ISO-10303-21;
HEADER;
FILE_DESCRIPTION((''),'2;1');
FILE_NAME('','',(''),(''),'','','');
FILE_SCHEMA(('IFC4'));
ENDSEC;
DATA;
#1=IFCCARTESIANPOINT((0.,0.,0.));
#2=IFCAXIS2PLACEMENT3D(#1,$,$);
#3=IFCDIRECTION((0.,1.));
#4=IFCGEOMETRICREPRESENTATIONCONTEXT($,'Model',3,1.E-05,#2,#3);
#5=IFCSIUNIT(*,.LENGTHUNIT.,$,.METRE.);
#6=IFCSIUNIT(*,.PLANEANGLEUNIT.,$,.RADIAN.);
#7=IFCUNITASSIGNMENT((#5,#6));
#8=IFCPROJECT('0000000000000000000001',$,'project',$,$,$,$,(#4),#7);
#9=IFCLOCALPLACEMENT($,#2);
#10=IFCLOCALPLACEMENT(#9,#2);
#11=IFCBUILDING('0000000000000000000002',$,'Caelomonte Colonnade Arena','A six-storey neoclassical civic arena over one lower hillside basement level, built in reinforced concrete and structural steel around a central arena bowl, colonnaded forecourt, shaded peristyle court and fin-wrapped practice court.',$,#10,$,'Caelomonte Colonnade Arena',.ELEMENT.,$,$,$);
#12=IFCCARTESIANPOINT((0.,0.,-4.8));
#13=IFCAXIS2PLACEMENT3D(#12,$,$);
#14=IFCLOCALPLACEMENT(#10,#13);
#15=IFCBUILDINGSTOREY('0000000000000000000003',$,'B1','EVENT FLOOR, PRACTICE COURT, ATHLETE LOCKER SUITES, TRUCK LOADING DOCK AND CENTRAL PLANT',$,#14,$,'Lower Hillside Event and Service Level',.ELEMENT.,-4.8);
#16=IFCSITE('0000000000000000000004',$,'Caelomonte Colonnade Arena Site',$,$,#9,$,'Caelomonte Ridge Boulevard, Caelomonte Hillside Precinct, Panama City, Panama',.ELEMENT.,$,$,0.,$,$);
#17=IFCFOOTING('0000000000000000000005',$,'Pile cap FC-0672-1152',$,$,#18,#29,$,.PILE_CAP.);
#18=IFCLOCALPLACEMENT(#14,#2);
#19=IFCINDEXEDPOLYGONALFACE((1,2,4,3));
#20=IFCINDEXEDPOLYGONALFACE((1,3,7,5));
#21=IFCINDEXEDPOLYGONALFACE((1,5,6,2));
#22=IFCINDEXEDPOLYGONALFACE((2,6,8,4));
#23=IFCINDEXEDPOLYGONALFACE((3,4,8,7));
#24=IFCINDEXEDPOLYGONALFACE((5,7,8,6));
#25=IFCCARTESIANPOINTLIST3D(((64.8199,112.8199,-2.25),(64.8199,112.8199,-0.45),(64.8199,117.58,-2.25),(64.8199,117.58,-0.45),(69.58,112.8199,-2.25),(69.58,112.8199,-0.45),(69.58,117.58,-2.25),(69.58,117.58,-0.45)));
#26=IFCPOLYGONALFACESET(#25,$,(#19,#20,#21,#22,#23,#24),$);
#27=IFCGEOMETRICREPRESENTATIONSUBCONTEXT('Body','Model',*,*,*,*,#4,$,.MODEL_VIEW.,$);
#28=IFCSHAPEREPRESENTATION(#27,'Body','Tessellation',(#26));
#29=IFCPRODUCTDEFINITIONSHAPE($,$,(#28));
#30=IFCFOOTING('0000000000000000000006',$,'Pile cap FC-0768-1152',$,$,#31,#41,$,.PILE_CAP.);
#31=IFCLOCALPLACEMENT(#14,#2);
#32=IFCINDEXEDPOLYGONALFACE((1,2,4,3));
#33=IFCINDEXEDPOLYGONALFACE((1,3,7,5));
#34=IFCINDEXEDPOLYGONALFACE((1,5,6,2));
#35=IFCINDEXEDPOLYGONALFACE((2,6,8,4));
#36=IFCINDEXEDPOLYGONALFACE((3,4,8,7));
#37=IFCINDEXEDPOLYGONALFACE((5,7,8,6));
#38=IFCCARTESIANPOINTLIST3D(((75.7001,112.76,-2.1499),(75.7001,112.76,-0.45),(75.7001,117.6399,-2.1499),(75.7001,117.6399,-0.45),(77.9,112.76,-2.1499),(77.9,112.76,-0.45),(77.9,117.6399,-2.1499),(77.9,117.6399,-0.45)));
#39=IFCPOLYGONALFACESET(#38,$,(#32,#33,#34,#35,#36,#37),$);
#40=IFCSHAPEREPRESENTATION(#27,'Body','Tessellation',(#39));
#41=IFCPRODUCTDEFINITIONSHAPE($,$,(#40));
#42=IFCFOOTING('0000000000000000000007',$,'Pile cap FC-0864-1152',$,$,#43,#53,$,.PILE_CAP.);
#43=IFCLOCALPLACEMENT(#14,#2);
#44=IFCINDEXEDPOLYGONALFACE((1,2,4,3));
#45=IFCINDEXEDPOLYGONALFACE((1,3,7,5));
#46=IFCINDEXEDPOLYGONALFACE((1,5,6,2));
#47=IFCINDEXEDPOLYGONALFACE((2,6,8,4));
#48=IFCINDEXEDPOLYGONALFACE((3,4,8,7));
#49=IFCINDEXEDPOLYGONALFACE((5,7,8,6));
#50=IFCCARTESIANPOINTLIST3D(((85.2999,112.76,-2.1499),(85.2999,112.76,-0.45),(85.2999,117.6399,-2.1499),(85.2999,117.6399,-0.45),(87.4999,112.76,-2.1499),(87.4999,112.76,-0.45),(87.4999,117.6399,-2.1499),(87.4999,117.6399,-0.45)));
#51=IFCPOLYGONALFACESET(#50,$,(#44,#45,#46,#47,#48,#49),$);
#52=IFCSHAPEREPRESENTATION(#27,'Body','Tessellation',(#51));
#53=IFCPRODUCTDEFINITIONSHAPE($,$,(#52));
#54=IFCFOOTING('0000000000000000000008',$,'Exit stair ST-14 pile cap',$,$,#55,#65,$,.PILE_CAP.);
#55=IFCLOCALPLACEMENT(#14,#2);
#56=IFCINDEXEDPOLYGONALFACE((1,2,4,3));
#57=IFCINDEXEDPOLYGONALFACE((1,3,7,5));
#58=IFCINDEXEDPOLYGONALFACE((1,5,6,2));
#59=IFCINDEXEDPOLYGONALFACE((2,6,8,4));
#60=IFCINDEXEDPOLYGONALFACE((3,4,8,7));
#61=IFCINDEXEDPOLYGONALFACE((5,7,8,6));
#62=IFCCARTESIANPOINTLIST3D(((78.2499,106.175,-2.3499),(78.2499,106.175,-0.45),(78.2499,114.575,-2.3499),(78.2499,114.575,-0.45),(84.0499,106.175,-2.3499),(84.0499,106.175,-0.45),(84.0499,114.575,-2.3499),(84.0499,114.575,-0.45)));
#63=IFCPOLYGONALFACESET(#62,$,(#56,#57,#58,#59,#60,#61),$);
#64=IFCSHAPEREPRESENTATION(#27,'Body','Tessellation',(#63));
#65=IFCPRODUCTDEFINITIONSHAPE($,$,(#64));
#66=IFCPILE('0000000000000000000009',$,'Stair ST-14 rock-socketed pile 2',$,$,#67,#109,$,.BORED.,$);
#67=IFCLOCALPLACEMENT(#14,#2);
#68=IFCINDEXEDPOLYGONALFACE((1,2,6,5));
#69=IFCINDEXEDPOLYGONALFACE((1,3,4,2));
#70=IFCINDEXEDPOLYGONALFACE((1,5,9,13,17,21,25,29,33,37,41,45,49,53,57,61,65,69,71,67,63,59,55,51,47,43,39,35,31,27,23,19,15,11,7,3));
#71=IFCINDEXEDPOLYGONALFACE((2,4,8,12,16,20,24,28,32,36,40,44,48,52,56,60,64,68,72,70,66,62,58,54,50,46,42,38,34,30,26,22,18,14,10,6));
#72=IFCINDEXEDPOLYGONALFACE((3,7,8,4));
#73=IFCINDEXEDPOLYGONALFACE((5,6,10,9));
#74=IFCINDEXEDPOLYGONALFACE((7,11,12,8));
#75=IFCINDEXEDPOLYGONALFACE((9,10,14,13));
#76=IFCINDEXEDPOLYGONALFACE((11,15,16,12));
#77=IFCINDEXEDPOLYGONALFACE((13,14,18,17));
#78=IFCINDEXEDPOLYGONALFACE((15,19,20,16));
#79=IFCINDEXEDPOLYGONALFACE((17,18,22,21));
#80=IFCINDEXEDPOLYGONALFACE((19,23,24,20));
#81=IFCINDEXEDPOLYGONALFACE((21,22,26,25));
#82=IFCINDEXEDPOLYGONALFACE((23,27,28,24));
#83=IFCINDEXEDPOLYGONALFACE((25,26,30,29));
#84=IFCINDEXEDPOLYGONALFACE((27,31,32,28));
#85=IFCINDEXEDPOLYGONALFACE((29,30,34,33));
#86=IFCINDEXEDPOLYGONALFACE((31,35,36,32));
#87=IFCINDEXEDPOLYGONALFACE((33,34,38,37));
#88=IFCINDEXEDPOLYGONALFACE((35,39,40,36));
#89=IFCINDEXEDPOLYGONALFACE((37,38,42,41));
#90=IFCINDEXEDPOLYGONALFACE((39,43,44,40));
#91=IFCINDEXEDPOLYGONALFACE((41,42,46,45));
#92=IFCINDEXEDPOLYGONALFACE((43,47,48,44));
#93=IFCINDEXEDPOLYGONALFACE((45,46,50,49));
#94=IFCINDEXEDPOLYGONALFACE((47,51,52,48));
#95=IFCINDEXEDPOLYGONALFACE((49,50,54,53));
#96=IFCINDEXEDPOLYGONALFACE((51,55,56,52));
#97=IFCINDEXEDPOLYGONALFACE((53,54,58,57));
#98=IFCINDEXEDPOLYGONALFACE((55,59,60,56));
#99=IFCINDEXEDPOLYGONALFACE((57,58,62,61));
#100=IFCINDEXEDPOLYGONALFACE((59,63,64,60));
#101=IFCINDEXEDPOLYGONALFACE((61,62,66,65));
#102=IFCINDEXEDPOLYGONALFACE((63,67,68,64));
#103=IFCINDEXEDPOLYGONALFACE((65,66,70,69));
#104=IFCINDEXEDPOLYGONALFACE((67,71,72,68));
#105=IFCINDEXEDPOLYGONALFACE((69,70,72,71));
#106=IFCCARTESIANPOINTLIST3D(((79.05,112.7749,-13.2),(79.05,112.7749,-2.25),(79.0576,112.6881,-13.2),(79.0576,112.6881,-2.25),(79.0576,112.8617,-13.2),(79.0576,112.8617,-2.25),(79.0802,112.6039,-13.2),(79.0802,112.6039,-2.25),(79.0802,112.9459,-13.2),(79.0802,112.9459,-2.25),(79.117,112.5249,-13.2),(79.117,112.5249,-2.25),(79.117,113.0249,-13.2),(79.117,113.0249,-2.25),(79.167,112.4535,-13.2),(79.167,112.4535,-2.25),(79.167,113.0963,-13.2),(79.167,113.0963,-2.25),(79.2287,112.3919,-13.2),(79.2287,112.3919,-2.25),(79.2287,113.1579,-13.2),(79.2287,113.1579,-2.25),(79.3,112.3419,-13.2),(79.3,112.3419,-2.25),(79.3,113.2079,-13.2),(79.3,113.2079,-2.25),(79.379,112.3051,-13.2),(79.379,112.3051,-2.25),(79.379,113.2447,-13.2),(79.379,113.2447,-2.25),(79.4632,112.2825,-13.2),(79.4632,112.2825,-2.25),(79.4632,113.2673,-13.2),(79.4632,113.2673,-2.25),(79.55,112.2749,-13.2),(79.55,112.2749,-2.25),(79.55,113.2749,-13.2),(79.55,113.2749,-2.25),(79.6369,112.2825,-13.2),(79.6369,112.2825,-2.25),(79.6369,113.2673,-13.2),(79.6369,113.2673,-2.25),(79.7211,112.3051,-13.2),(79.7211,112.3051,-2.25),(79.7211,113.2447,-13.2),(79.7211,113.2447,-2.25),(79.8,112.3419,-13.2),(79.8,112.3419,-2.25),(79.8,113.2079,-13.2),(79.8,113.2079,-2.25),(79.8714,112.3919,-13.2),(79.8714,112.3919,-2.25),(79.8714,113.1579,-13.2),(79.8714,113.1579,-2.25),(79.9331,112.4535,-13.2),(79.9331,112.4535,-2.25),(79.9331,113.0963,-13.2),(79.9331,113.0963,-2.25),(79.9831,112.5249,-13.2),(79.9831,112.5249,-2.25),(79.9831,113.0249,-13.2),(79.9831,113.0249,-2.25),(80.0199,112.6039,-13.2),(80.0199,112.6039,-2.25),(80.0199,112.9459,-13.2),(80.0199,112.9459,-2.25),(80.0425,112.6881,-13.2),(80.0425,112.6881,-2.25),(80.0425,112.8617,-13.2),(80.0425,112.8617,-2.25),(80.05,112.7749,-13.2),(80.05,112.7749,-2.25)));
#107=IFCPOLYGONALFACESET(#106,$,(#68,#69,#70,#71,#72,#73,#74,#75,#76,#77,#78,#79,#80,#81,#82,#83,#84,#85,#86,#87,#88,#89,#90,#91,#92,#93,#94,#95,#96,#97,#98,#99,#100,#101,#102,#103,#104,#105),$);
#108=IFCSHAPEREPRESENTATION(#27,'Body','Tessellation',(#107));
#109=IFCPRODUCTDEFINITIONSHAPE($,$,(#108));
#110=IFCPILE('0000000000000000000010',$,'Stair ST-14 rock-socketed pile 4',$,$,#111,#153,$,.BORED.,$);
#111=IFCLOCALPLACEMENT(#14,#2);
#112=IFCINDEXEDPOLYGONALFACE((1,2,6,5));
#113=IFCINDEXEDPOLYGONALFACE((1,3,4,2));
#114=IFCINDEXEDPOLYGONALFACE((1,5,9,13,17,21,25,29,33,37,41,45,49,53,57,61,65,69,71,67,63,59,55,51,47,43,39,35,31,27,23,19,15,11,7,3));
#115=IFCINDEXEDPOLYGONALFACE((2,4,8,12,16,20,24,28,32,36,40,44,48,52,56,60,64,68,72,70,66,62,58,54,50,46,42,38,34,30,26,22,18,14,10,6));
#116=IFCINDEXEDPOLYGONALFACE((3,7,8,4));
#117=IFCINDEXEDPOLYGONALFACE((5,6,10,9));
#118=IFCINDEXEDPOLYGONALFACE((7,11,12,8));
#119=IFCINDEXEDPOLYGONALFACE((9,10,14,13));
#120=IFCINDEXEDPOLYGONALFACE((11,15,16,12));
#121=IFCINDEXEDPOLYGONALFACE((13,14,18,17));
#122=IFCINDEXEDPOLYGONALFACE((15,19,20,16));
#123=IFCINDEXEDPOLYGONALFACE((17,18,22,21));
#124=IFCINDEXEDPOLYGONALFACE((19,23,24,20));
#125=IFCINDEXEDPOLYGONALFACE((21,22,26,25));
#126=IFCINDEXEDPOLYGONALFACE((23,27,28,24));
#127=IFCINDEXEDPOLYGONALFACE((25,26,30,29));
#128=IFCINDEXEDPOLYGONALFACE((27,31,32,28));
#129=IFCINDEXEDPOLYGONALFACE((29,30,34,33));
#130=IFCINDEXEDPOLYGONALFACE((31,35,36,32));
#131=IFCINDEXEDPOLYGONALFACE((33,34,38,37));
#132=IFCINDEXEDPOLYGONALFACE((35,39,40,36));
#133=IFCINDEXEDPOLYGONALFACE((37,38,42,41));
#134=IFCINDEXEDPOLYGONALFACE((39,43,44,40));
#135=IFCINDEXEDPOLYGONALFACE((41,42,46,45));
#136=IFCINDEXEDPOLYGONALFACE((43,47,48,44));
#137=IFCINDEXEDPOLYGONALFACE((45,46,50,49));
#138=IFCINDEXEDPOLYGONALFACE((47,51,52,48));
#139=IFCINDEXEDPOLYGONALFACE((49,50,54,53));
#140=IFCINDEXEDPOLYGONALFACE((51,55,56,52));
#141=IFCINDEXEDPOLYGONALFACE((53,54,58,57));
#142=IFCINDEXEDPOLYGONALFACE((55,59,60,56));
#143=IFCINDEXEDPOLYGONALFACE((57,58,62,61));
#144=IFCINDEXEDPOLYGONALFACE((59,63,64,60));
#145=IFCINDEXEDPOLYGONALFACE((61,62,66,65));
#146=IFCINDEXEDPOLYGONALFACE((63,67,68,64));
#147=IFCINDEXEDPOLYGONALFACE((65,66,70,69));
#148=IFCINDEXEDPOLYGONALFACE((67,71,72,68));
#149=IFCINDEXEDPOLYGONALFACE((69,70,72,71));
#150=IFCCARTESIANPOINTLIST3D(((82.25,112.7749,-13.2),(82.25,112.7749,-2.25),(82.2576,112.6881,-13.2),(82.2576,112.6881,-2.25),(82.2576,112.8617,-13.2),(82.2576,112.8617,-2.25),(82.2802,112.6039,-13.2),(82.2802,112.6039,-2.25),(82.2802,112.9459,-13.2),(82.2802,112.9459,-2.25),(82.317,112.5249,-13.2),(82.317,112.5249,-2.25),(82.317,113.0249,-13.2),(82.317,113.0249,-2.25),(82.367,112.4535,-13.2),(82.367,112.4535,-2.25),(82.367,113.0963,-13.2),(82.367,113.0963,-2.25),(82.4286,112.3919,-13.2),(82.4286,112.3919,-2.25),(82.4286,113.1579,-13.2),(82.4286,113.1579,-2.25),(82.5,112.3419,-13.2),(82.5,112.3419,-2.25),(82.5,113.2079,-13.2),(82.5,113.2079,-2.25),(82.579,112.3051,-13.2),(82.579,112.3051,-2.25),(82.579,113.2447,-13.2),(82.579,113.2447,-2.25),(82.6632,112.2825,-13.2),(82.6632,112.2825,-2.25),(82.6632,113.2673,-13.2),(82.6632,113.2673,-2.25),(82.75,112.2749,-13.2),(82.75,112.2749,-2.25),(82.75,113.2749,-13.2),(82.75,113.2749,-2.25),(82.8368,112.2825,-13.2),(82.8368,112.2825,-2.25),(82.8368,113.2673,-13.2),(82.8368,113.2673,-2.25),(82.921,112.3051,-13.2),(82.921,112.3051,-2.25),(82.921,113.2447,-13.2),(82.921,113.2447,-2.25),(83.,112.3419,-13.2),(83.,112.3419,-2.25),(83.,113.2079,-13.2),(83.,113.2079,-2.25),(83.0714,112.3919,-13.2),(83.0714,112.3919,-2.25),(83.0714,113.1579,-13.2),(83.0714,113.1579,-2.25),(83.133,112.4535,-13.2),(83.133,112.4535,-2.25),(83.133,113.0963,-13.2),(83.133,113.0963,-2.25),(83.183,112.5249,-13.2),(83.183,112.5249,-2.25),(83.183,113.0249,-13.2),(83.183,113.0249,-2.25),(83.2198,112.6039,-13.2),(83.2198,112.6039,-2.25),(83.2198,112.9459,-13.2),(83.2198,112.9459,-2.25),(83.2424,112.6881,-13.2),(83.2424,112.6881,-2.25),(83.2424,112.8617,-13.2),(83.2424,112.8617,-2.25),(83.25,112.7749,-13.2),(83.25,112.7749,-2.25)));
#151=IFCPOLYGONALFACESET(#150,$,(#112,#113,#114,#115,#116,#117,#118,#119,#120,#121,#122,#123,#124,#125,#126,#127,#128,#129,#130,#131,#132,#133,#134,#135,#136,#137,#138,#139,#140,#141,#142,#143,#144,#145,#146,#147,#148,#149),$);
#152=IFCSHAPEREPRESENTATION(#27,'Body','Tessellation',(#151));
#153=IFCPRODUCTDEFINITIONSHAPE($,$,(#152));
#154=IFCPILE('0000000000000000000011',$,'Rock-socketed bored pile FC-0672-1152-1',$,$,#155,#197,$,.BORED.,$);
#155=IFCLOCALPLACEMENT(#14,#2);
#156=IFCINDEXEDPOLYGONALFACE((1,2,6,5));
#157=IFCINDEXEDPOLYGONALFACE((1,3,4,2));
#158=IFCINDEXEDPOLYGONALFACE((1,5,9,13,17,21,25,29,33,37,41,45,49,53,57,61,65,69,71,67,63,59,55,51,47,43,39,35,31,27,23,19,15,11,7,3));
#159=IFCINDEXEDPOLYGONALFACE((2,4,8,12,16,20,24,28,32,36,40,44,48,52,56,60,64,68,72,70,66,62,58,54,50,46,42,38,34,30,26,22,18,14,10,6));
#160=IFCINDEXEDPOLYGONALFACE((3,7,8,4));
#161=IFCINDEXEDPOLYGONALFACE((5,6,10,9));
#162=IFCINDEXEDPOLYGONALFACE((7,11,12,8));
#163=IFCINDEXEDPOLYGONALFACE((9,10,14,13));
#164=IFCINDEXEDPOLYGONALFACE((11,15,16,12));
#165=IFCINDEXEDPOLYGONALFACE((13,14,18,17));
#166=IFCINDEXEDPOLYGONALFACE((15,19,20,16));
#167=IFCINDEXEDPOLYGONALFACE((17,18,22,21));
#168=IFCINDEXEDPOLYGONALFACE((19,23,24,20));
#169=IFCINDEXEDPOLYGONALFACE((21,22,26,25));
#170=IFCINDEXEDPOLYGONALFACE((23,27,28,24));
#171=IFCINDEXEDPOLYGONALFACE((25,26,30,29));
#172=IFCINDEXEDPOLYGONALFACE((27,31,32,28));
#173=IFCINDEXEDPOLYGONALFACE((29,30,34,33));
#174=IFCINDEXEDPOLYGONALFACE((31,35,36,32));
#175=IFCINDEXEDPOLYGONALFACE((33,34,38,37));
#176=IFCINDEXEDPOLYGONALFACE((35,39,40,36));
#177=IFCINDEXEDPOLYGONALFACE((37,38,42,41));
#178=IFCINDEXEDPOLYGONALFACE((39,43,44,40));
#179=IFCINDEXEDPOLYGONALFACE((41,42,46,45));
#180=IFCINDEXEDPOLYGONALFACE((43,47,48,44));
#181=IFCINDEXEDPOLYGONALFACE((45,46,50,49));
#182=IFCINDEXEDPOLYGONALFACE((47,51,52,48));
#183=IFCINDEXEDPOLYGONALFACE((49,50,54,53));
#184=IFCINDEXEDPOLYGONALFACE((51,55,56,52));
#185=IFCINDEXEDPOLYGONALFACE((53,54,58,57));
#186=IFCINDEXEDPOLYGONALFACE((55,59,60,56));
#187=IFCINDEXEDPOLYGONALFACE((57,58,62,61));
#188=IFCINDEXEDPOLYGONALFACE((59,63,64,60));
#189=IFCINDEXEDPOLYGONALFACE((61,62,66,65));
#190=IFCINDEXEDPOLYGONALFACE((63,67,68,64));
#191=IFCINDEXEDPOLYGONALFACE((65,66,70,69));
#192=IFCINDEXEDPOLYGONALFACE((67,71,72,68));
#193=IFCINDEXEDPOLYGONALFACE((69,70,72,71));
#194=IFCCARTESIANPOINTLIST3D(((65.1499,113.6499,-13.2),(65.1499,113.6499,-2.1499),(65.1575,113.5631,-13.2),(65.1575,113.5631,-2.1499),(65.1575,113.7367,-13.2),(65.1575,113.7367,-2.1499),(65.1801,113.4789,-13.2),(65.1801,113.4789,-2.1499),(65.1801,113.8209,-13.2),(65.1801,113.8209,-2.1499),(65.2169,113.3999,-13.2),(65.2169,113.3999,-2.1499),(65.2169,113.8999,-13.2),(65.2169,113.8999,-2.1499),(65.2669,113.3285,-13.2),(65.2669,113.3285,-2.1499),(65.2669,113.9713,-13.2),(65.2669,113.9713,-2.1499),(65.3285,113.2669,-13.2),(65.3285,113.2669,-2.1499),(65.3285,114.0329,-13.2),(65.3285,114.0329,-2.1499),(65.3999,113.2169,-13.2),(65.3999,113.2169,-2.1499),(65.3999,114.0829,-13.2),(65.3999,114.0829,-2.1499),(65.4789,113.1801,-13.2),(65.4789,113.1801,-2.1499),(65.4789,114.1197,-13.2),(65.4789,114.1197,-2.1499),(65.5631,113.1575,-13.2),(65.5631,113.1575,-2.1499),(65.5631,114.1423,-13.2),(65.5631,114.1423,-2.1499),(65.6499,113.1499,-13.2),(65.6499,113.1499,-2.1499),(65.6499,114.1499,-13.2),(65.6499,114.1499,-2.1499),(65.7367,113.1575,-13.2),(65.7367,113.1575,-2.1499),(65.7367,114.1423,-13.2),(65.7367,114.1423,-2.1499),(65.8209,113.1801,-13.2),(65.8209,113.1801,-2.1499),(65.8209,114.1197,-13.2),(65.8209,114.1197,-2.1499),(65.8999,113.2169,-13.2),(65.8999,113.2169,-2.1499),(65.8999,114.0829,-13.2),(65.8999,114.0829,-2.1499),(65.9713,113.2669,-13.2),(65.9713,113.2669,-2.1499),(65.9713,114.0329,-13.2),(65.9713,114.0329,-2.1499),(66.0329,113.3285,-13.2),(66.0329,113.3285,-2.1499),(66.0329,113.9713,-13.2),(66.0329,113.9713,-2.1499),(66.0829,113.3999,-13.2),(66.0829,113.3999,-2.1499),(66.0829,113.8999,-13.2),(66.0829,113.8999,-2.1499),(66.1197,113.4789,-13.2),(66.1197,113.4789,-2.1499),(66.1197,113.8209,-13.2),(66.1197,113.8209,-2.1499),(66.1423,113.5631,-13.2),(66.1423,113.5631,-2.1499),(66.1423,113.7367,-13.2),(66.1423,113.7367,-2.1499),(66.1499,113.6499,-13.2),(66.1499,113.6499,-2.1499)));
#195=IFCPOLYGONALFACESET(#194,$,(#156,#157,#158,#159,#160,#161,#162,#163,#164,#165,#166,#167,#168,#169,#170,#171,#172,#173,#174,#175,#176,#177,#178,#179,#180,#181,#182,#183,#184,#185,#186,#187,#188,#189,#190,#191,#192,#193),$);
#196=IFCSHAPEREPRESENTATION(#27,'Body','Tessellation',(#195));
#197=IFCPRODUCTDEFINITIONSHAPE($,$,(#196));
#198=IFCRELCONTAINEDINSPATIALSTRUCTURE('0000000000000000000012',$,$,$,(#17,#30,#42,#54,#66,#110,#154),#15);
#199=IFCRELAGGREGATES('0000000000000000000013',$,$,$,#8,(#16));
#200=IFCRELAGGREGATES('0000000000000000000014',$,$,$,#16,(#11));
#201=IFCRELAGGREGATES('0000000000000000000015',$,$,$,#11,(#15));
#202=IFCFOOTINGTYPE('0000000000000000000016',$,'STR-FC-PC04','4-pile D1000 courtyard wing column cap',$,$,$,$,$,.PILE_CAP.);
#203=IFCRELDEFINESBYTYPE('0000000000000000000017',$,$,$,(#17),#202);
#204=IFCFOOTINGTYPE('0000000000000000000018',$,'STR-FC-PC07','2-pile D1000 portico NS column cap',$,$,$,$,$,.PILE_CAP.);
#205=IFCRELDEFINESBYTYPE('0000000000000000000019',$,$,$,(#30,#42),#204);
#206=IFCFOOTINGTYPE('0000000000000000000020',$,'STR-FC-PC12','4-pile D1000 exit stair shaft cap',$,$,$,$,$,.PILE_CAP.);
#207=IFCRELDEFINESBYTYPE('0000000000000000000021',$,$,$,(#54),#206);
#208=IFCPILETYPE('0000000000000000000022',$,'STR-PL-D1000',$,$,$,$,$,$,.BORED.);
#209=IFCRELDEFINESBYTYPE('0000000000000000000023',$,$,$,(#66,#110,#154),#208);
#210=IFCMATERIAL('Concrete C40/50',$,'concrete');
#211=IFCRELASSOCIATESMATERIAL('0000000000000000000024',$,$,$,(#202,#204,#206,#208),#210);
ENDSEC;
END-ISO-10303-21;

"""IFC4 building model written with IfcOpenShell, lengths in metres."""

from ifc_helpers import new_model, si_unit, direction, frame, origin, origin_2d, place, context, subcontext, project, spatial, rectangle, circle, extrude, material, material_profile, profile_set, type_object, element, save


model = new_model("IFC4")

# Units and contexts
model_context = context("Model", 3, precision=1e-05, world=origin(), true_north=direction((0.0, 1.0)))
body_context = subcontext(model_context, "Body", "Model", "MODEL_VIEW")
ifc_project = project(units=[si_unit("LENGTHUNIT", "METRE"), si_unit("PLANEANGLEUNIT", "RADIAN")], contexts=[model_context])

# Site, building, storey
site_placement = place(None, origin())
site = spatial("IfcSite", under=ifc_project, at=site_placement, Name="Caelomonte Colonnade Arena Site", LongName="Caelomonte Ridge Boulevard, Caelomonte Hillside Precinct, Panama City, Panama", CompositionType="ELEMENT", RefElevation=0.0)
building_placement = place(site_placement, origin())
building = spatial("IfcBuilding", under=site, at=building_placement, Name="Caelomonte Colonnade Arena", Description="A six-storey neoclassical civic arena over one lower hillside basement level, built in reinforced concrete and structural steel around a central arena bowl, colonnaded forecourt, shaded peristyle court and fin-wrapped practice court.", LongName="Caelomonte Colonnade Arena", CompositionType="ELEMENT")
storey_placement = place(building_placement, frame((0.0, 0.0, -4.8)))
storey = spatial("IfcBuildingStorey", under=building, at=storey_placement, Name="B1", Description="EVENT FLOOR, PRACTICE COURT, ATHLETE LOCKER SUITES, TRUCK LOADING DOCK AND CENTRAL PLANT", LongName="Lower Hillside Event and Service Level", CompositionType="ELEMENT", Elevation=-4.8)

# Footings
ifc_material_1 = material(Name="Concrete C40/50", Category="concrete")
footing_type_1 = type_object("IfcFootingType", Name="STR-FC-PC04", Description="4-pile D1000 courtyard wing column cap", PredefinedType="PILE_CAP", material=ifc_material_1)
footing_1_placement = place(storey_placement, frame((67.2, 115.2, -2.25), z_axis=(0.0, 0.0, 1.0), x_axis=(1.0, 0.0, 0.0)))
element("IfcFooting", 1, at=footing_1_placement, inside=storey, type_object=footing_type_1, Name="Pile cap FC-0672-1152", PredefinedType="PILE_CAP", context=body_context, shape_type="SweptSolid", body=[
    extrude(rectangle(XDim=4.76, YDim=4.76, at=origin_2d()), origin(), (0.0, 0.0, 1.0), 1.8),
])
footing_type_2 = type_object("IfcFootingType", Name="STR-FC-PC07", Description="2-pile D1000 portico NS column cap", PredefinedType="PILE_CAP", material=ifc_material_1)
for number, where, z_axis, x_axis, name in (
    (2, (76.8, 115.2, -2.1499), (0.0, 0.0, 1.0), (1.0, 0.0, 0.0), "Pile cap FC-0768-1152"),
    (3, (86.3999, 115.2, -2.1499), (0.0, 0.0, 1.0), (1.0, 0.0, 0.0), "Pile cap FC-0864-1152"),
):
    element("IfcFooting", number, at=place(storey_placement, frame(where, z_axis=z_axis, x_axis=x_axis)), inside=storey, type_object=footing_type_2, Name=name, PredefinedType="PILE_CAP", context=body_context, shape_type="SweptSolid", body=[
        extrude(rectangle(XDim=2.2, YDim=4.8799, at=origin_2d()), origin(), (0.0, 0.0, 1.0), 1.7),
    ])
footing_type_3 = type_object("IfcFootingType", Name="STR-FC-PC12", Description="4-pile D1000 exit stair shaft cap", PredefinedType="PILE_CAP", material=ifc_material_1)
footing_2_placement = place(storey_placement, frame((81.1499, 110.375, -2.3499), z_axis=(0.0, 0.0, 1.0), x_axis=(1.0, 0.0, 0.0)))
element("IfcFooting", 4, at=footing_2_placement, inside=storey, type_object=footing_type_3, Name="Exit stair ST-14 pile cap", PredefinedType="PILE_CAP", context=body_context, shape_type="SweptSolid", body=[
    extrude(rectangle(XDim=5.8, YDim=8.3999, at=origin_2d()), origin(), (0.0, 0.0, 1.0), 1.8999),
])

# Piles
ifc_material_profile_1 = material_profile(ifc_material_1, circle(Radius=0.5, at=origin_2d()), Name="PILE-D1000")
ifc_profile_set_1 = profile_set([ifc_material_profile_1], Name="Concrete C40/50")
pile_type = type_object("IfcPileType", Name="STR-PL-D1000", PredefinedType="BORED", material=ifc_profile_set_1)
for number, where, z_axis, x_axis, name in (
    (5, (79.55, 112.7749, -2.25), (0.0, 0.0, -1.0), (1.0, 0.0, 0.0), "Stair ST-14 rock-socketed pile 2"),
    (6, (82.75, 112.7749, -2.25), (0.0, 0.0, -1.0), (1.0, 0.0, 0.0), "Stair ST-14 rock-socketed pile 4"),
):
    element("IfcPile", number, at=place(storey_placement, frame(where, z_axis=z_axis, x_axis=x_axis)), inside=storey, type_object=pile_type, Name=name, PredefinedType="BORED", context=body_context, shape_type="SweptSolid", body=[
        extrude(circle(Radius=0.5, at=origin_2d()), origin(), (0.0, 0.0, 1.0), 10.95),
    ])
for number, where, z_axis, x_axis, name in (
    (7, (65.6499, 113.6499, -2.1499), (0.0, 0.0, -1.0), (1.0, 0.0, 0.0), "Rock-socketed bored pile FC-0672-1152-1"),
):
    element("IfcPile", number, at=place(storey_placement, frame(where, z_axis=z_axis, x_axis=x_axis)), inside=storey, type_object=pile_type, Name=name, PredefinedType="BORED", context=body_context, shape_type="SweptSolid", body=[
        extrude(circle(Radius=0.5, at=origin_2d()), origin(), (0.0, 0.0, 1.0), 11.05),
    ])

save(model, "model.ifc")
